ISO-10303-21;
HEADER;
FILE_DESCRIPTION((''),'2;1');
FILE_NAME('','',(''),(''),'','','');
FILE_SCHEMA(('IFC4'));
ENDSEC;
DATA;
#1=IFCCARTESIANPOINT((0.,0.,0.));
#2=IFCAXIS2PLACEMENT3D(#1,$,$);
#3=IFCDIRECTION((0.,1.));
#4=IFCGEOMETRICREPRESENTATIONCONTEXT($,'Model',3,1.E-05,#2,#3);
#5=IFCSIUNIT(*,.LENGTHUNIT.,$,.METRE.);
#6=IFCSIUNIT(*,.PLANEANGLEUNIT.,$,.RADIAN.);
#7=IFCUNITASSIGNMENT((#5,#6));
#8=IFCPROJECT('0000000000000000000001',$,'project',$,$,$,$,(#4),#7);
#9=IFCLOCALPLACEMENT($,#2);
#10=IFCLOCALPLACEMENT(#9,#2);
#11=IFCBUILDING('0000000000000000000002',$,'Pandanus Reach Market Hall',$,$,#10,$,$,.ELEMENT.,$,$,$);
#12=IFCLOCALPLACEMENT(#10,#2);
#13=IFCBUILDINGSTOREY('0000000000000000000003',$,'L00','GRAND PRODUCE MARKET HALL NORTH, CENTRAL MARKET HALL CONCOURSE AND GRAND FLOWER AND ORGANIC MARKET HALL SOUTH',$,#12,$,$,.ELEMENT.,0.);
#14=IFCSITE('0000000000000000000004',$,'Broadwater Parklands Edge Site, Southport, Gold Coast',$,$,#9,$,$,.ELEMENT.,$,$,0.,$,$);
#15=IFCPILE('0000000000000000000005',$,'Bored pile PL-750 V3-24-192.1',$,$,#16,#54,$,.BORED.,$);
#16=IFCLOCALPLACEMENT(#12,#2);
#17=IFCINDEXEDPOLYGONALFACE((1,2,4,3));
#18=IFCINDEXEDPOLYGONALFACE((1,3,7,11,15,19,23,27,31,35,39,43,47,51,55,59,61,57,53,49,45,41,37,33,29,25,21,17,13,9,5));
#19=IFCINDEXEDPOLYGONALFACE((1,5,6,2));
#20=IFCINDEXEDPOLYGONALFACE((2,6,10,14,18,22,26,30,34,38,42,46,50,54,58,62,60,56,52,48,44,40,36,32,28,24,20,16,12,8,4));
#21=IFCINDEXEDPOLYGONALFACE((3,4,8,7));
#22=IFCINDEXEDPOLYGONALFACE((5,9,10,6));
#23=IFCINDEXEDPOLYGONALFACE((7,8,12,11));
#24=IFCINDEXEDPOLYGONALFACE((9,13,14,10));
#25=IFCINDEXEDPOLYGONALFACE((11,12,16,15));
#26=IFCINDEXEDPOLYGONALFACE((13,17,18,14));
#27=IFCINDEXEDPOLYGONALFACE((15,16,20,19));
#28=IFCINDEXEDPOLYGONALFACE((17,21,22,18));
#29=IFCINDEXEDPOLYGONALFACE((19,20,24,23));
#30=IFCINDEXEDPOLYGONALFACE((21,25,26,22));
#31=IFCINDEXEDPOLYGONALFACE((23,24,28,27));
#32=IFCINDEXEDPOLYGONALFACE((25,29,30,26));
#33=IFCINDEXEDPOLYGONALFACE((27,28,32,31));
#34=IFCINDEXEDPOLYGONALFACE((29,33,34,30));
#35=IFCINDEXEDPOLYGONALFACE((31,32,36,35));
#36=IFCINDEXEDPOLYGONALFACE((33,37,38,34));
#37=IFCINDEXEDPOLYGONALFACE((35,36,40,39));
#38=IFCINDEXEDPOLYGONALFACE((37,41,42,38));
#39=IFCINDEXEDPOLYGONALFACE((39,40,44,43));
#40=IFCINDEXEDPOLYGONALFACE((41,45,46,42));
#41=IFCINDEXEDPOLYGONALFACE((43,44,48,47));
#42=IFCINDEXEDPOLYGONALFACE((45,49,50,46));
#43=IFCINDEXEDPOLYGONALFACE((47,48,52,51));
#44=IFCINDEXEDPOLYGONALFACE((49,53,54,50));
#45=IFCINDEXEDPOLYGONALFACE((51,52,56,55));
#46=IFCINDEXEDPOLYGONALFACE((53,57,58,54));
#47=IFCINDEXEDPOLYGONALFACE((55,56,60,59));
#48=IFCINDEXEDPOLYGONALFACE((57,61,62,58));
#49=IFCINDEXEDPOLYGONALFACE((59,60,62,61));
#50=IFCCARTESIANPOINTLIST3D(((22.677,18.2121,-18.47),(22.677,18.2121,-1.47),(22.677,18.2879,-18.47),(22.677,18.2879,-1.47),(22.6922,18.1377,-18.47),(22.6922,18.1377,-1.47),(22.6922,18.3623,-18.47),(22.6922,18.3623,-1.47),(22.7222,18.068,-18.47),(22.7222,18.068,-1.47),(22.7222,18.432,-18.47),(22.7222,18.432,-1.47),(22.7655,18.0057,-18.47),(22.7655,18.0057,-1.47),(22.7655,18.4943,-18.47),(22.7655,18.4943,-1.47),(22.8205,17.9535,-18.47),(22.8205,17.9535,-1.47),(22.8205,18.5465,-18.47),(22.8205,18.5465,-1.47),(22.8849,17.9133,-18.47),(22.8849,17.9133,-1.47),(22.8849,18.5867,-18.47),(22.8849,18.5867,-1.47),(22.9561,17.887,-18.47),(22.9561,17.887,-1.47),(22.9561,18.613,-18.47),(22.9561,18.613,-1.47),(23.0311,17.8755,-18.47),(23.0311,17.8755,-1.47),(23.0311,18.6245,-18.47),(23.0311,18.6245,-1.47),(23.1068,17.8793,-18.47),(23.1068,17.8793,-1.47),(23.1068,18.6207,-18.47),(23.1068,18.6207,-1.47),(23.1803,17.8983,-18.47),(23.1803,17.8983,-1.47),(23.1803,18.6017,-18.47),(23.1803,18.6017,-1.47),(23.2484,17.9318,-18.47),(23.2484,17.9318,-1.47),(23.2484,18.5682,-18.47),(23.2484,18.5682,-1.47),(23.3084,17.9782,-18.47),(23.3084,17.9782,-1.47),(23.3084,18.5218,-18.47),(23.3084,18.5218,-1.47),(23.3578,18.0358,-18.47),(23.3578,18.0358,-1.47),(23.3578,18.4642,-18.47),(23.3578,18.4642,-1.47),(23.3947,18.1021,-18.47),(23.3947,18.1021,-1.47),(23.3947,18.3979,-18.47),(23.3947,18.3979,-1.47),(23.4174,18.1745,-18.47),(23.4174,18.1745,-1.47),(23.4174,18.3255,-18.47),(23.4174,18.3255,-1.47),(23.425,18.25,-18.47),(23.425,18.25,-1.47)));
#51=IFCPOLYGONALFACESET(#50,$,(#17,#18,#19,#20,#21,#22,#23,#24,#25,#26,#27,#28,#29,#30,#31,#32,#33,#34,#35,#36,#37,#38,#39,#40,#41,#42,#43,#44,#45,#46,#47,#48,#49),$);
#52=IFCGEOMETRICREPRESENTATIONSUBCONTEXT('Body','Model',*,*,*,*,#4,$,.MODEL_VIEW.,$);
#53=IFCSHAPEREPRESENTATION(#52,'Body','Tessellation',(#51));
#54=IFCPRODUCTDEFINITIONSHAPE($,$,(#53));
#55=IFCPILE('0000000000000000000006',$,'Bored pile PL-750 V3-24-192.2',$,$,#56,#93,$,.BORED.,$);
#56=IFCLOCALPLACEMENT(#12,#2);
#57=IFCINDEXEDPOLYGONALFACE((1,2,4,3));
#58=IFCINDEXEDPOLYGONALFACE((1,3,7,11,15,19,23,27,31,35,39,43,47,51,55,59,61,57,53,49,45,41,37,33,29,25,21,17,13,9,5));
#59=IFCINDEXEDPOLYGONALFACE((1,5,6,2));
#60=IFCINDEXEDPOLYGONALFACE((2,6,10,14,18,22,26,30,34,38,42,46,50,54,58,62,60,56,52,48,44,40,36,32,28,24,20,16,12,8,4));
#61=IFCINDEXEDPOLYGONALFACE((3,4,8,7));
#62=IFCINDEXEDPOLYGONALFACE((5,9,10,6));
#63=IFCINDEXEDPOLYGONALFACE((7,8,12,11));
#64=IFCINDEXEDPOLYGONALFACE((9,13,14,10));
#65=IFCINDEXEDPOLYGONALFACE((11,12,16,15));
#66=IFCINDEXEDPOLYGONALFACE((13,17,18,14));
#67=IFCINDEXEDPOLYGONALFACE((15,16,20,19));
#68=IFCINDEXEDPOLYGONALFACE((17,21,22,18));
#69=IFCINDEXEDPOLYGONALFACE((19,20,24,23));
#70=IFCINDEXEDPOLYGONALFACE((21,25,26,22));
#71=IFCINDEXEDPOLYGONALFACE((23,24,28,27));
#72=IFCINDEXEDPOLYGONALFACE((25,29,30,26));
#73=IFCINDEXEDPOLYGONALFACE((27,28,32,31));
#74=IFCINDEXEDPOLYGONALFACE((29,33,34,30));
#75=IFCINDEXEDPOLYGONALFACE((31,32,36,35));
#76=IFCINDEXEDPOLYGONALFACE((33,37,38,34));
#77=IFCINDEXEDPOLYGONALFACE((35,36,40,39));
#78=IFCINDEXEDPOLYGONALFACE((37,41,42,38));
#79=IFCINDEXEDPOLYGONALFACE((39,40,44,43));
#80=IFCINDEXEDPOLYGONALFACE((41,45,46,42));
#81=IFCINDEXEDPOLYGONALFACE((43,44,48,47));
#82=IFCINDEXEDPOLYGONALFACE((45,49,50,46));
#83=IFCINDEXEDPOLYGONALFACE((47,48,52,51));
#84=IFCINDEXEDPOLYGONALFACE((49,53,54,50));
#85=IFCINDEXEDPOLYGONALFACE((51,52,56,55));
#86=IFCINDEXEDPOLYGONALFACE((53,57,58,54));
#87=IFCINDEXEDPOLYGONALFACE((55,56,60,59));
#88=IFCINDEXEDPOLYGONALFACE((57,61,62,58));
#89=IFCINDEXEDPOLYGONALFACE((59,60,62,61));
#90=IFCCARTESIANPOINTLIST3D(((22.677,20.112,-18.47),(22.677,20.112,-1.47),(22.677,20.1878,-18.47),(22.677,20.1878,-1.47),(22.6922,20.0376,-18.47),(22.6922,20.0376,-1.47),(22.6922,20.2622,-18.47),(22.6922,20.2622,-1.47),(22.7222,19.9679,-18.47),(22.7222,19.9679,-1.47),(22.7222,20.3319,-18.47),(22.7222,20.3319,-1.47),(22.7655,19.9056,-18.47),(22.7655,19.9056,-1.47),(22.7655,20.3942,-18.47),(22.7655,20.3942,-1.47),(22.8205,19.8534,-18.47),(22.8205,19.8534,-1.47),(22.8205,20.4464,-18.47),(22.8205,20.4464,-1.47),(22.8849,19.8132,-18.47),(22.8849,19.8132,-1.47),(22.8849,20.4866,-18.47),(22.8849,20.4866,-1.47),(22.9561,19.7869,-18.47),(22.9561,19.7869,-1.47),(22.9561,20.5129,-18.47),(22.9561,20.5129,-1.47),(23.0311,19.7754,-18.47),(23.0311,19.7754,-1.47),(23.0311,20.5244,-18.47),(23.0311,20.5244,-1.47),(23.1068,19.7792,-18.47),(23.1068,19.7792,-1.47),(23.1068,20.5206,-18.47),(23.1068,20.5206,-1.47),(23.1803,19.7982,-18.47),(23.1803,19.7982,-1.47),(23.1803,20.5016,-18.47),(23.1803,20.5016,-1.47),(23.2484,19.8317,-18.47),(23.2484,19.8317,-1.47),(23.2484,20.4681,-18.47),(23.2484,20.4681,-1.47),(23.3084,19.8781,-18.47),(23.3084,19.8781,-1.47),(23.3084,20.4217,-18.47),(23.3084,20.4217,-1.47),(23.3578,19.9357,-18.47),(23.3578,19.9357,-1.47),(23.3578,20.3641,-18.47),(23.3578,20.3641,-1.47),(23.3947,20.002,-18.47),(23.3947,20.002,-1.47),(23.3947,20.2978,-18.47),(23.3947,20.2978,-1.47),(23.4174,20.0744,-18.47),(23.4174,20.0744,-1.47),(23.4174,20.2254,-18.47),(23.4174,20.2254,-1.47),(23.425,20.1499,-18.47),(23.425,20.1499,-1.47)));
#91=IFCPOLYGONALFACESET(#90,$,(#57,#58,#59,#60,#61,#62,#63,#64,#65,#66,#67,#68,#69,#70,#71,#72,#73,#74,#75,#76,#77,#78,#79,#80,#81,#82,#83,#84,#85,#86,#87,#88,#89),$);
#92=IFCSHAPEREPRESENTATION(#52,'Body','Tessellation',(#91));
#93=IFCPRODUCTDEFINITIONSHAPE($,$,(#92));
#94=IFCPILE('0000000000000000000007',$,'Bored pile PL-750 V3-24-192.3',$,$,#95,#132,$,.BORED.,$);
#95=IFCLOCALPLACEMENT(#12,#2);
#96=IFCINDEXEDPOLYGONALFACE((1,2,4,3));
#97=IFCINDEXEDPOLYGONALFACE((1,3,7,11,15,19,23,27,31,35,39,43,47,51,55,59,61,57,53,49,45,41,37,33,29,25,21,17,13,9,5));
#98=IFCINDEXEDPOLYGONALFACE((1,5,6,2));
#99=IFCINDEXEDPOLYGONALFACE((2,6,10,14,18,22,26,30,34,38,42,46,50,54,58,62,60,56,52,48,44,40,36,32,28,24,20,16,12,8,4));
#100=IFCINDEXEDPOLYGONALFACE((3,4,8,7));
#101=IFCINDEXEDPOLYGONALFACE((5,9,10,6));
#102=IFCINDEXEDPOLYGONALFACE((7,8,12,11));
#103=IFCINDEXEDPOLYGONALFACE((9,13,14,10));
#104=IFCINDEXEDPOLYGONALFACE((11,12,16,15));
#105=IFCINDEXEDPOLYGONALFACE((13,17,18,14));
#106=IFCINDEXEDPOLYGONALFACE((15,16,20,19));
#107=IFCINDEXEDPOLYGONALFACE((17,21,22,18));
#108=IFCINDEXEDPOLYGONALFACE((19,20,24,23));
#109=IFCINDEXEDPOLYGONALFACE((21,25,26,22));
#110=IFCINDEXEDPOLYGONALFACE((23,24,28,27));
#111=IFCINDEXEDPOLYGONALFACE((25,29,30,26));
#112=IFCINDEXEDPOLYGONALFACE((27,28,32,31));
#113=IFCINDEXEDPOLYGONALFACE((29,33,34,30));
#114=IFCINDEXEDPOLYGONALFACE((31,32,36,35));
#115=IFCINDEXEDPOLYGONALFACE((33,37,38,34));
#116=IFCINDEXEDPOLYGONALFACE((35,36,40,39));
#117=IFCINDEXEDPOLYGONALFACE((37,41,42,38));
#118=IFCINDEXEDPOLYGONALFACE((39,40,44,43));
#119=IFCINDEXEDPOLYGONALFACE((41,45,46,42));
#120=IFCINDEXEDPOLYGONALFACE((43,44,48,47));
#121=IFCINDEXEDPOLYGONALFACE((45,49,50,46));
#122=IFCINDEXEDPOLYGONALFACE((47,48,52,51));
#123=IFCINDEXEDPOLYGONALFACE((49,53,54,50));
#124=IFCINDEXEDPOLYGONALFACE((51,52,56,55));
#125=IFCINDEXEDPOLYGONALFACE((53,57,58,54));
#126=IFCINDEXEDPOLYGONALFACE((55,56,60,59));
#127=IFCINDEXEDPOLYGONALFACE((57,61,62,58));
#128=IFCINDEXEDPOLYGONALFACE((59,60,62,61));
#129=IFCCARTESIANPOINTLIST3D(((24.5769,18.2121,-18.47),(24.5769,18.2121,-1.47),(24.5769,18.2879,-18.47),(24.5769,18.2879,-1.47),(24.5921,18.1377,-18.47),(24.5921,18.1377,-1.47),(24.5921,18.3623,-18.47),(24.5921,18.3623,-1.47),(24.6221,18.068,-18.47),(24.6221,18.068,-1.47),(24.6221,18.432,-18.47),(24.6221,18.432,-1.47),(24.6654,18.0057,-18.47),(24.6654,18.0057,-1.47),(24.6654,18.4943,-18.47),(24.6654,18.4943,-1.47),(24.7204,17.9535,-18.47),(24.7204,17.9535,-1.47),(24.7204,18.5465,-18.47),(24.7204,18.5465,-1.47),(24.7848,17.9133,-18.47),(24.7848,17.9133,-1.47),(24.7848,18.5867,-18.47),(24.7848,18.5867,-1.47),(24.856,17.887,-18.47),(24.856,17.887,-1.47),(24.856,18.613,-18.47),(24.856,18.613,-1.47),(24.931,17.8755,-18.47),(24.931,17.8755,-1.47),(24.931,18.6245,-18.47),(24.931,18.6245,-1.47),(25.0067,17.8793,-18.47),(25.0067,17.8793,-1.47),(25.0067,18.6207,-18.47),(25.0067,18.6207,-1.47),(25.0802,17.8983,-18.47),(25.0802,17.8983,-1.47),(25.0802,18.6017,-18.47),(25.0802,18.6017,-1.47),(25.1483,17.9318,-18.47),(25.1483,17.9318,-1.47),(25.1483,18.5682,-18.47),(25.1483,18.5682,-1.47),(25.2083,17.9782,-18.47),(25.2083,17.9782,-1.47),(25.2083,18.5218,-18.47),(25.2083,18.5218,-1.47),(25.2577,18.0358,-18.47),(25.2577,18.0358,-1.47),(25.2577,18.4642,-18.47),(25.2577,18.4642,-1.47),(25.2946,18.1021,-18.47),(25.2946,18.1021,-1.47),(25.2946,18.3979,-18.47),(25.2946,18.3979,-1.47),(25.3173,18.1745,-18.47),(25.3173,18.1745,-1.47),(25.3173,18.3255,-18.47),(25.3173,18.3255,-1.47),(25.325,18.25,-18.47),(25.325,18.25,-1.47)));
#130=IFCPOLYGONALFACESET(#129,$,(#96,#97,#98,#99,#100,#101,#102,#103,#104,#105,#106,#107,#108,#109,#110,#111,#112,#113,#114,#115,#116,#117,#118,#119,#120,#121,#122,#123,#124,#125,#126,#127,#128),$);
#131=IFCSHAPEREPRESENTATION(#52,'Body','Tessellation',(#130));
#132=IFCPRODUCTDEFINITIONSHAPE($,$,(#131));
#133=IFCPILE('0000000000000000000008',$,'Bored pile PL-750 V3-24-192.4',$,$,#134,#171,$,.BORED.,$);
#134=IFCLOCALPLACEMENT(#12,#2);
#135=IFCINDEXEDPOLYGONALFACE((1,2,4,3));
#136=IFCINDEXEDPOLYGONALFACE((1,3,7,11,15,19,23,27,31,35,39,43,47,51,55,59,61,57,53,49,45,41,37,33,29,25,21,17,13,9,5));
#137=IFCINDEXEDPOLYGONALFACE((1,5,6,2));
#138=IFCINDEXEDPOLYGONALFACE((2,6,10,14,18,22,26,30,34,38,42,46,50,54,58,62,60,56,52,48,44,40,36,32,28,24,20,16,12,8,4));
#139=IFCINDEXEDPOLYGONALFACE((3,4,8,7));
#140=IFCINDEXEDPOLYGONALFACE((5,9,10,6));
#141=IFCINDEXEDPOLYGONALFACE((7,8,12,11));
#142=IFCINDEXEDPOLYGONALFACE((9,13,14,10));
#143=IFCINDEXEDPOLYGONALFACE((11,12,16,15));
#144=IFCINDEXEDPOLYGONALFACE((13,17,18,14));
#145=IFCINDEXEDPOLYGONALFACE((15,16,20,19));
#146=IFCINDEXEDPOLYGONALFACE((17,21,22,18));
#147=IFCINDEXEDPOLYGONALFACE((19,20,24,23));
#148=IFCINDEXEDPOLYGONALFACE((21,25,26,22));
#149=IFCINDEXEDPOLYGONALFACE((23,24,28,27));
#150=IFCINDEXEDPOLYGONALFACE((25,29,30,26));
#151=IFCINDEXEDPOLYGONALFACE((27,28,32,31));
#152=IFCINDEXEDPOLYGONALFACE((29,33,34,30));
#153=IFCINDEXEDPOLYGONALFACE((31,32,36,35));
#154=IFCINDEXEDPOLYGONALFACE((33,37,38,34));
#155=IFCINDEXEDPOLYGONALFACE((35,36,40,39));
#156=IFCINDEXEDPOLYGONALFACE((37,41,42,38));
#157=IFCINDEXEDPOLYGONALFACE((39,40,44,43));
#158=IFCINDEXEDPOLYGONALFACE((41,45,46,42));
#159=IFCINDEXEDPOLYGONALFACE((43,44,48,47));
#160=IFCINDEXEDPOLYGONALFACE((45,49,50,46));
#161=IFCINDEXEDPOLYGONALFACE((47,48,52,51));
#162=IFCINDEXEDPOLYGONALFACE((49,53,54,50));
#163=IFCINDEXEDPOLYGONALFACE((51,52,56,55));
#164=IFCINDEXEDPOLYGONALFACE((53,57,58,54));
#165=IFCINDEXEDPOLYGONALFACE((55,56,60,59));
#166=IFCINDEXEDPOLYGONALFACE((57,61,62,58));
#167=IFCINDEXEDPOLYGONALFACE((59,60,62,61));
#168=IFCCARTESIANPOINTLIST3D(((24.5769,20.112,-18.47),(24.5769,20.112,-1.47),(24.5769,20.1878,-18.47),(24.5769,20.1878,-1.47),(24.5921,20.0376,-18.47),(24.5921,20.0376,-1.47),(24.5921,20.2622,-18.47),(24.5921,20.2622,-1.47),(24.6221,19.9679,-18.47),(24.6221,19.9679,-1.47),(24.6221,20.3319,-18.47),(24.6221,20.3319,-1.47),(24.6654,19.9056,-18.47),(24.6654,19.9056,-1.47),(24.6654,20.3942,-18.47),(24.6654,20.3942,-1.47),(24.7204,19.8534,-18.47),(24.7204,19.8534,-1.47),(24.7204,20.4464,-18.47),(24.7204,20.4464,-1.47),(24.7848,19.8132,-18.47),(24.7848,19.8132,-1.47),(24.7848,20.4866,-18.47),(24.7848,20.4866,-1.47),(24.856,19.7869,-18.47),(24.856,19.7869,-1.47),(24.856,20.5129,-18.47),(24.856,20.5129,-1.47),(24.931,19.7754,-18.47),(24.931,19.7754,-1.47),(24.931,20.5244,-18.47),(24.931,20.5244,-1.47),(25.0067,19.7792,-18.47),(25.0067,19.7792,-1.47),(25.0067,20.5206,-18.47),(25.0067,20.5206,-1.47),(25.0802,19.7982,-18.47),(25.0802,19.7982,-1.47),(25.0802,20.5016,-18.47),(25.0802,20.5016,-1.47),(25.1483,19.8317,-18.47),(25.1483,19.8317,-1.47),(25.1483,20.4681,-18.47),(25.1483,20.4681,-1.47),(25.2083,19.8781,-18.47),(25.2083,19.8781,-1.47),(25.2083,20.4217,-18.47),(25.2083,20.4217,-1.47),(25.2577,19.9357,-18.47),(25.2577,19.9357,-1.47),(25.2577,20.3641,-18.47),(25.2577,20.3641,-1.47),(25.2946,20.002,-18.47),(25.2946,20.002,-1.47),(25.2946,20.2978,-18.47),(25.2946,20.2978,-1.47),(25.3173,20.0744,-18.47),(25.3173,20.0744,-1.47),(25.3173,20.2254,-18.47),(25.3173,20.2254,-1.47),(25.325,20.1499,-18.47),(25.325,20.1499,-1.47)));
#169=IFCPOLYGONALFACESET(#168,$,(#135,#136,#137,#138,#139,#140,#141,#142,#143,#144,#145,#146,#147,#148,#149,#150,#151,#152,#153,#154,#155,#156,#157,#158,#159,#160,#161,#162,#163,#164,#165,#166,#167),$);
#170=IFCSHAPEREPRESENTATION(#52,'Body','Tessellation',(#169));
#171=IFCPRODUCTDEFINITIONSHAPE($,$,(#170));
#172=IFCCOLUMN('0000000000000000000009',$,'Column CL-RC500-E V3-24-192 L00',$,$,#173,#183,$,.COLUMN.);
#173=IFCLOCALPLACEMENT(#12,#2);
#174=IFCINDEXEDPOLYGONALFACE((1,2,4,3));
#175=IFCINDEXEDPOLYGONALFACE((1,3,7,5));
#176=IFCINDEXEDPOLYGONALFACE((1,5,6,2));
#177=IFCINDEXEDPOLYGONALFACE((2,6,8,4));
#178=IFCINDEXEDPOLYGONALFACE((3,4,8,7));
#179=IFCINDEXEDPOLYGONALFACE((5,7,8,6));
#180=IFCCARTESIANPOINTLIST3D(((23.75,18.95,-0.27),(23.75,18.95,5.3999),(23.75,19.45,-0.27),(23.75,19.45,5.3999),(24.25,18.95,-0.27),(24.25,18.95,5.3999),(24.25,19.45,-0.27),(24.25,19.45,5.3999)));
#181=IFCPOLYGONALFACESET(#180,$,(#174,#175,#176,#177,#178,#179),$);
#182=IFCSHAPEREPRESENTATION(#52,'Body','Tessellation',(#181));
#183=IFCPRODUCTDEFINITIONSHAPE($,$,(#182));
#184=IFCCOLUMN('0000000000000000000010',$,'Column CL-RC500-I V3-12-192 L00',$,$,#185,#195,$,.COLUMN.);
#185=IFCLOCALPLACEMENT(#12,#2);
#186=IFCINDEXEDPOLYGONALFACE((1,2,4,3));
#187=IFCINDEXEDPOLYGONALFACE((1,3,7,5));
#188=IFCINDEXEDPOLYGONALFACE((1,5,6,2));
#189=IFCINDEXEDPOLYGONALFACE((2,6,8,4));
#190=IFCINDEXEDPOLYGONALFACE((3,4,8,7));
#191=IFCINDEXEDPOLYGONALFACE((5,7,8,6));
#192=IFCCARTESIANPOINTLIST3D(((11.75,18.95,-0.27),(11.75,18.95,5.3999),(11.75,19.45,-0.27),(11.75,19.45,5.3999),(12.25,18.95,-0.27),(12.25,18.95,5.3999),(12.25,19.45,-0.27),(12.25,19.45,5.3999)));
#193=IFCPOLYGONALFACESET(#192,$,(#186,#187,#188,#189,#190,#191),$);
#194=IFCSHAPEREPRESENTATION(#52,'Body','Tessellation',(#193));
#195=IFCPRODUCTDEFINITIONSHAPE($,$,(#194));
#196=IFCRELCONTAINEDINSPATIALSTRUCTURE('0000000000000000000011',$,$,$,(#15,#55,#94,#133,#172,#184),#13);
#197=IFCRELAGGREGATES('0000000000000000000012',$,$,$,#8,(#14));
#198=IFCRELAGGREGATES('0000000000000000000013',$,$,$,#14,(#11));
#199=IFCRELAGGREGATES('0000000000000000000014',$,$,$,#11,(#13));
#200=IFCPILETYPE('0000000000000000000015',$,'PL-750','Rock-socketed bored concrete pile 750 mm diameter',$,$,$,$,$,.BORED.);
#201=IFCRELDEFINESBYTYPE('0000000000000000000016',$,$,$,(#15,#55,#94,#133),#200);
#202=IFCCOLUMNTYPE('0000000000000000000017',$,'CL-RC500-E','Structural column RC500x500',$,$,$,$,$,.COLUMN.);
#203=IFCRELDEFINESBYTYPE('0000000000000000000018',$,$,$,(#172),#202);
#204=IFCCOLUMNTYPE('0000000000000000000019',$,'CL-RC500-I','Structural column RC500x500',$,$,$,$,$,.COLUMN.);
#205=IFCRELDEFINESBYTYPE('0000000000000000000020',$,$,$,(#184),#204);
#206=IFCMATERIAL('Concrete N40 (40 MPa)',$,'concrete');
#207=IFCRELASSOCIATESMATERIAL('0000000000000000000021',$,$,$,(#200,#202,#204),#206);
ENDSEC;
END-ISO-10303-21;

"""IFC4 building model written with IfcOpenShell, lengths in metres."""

from ifc_helpers import new_model, si_unit, direction, frame, origin, origin_2d, place, context, subcontext, project, spatial, rectangle, circle, extrude, material, material_profile, profile_set, type_object, element, save


model = new_model("IFC4")

# Units and contexts
model_context = context("Model", 3, precision=1e-05, world=origin(), true_north=direction((0.0, 1.0)))
body_context = subcontext(model_context, "Body", "Model", "MODEL_VIEW")
ifc_project = project(units=[si_unit("LENGTHUNIT", "METRE"), si_unit("PLANEANGLEUNIT", "RADIAN")], contexts=[model_context])

# Site, building, storey
site_placement = place(None, origin())
site = spatial("IfcSite", under=ifc_project, at=site_placement, Name="Broadwater Parklands Edge Site, Southport, Gold Coast", CompositionType="ELEMENT", RefElevation=0.0)
building_placement = place(site_placement, origin())
building = spatial("IfcBuilding", under=site, at=building_placement, Name="Pandanus Reach Market Hall", CompositionType="ELEMENT")
storey_placement = place(building_placement, origin())
storey = spatial("IfcBuildingStorey", under=building, at=storey_placement, Name="L00", Description="GRAND PRODUCE MARKET HALL NORTH, CENTRAL MARKET HALL CONCOURSE AND GRAND FLOWER AND ORGANIC MARKET HALL SOUTH", CompositionType="ELEMENT", Elevation=0.0)

# Shared definitions
ifc_material_1 = material(Name="Concrete N40 (40 MPa)", Category="concrete")

# Piles
ifc_material_profile_1 = material_profile(ifc_material_1, circle(Radius=0.375, at=origin_2d()), Name="PILE-750D", Category="LoadBearing")
ifc_profile_set_1 = profile_set([ifc_material_profile_1], Name="Concrete N40 (40 MPa)")
pile_type = type_object("IfcPileType", Name="PL-750", Description="Rock-socketed bored concrete pile 750 mm diameter", PredefinedType="BORED", material=ifc_profile_set_1)
for number, where, z_axis, x_axis, name in (
    (1, (23.05, 18.25, -1.47), (0.0, 0.0, -1.0), (1.0, 0.0, 0.0), "Bored pile PL-750 V3-24-192.1"),
    (2, (23.05, 20.1499, -1.47), (0.0, 0.0, -1.0), (1.0, 0.0, 0.0), "Bored pile PL-750 V3-24-192.2"),
    (3, (24.95, 18.25, -1.47), (0.0, 0.0, -1.0), (1.0, 0.0, 0.0), "Bored pile PL-750 V3-24-192.3"),
    (4, (24.95, 20.1499, -1.47), (0.0, 0.0, -1.0), (1.0, 0.0, 0.0), "Bored pile PL-750 V3-24-192.4"),
):
    element("IfcPile", number, at=place(storey_placement, frame(where, z_axis=z_axis, x_axis=x_axis)), inside=storey, type_object=pile_type, Name=name, PredefinedType="BORED", context=body_context, shape_type="SweptSolid", body=[
        extrude(circle(Radius=0.375, at=origin_2d()), origin(), (0.0, 0.0, 1.0), 17.0),
    ])

# Columns
ifc_material_profile_2 = material_profile(ifc_material_1, rectangle(XDim=0.5, YDim=0.5, at=origin_2d()), Name="RC500x500", Category="LoadBearing")
ifc_profile_set_2 = profile_set([ifc_material_profile_2], Name="Concrete N40 (40 MPa)")
column_type_1 = type_object("IfcColumnType", Name="CL-RC500-E", Description="Structural column RC500x500", PredefinedType="COLUMN", material=ifc_profile_set_2)
column_1_placement = place(storey_placement, frame((24.0, 19.2, -0.27), z_axis=(0.0, 0.0, 1.0), x_axis=(1.0, 0.0, 0.0)))
element("IfcColumn", 5, at=column_1_placement, inside=storey, type_object=column_type_1, Name="Column CL-RC500-E V3-24-192 L00", PredefinedType="COLUMN", context=body_context, shape_type="SweptSolid", body=[
    extrude(rectangle(XDim=0.5, YDim=0.5, at=origin_2d()), origin(), (0.0, 0.0, 1.0), 5.6699),
])
ifc_material_profile_3 = material_profile(ifc_material_1, rectangle(XDim=0.5, YDim=0.5, at=origin_2d()), Name="RC500x500", Category="LoadBearing")
ifc_profile_set_3 = profile_set([ifc_material_profile_3], Name="Concrete N40 (40 MPa)")
column_type_2 = type_object("IfcColumnType", Name="CL-RC500-I", Description="Structural column RC500x500", PredefinedType="COLUMN", material=ifc_profile_set_3)
column_2_placement = place(storey_placement, frame((12.0, 19.2, -0.27), z_axis=(0.0, 0.0, 1.0), x_axis=(1.0, 0.0, 0.0)))
element("IfcColumn", 6, at=column_2_placement, inside=storey, type_object=column_type_2, Name="Column CL-RC500-I V3-12-192 L00", PredefinedType="COLUMN", context=body_context, shape_type="SweptSolid", body=[
    extrude(rectangle(XDim=0.5, YDim=0.5, at=origin_2d()), origin(), (0.0, 0.0, 1.0), 5.6699),
])

save(model, "model.ifc")
